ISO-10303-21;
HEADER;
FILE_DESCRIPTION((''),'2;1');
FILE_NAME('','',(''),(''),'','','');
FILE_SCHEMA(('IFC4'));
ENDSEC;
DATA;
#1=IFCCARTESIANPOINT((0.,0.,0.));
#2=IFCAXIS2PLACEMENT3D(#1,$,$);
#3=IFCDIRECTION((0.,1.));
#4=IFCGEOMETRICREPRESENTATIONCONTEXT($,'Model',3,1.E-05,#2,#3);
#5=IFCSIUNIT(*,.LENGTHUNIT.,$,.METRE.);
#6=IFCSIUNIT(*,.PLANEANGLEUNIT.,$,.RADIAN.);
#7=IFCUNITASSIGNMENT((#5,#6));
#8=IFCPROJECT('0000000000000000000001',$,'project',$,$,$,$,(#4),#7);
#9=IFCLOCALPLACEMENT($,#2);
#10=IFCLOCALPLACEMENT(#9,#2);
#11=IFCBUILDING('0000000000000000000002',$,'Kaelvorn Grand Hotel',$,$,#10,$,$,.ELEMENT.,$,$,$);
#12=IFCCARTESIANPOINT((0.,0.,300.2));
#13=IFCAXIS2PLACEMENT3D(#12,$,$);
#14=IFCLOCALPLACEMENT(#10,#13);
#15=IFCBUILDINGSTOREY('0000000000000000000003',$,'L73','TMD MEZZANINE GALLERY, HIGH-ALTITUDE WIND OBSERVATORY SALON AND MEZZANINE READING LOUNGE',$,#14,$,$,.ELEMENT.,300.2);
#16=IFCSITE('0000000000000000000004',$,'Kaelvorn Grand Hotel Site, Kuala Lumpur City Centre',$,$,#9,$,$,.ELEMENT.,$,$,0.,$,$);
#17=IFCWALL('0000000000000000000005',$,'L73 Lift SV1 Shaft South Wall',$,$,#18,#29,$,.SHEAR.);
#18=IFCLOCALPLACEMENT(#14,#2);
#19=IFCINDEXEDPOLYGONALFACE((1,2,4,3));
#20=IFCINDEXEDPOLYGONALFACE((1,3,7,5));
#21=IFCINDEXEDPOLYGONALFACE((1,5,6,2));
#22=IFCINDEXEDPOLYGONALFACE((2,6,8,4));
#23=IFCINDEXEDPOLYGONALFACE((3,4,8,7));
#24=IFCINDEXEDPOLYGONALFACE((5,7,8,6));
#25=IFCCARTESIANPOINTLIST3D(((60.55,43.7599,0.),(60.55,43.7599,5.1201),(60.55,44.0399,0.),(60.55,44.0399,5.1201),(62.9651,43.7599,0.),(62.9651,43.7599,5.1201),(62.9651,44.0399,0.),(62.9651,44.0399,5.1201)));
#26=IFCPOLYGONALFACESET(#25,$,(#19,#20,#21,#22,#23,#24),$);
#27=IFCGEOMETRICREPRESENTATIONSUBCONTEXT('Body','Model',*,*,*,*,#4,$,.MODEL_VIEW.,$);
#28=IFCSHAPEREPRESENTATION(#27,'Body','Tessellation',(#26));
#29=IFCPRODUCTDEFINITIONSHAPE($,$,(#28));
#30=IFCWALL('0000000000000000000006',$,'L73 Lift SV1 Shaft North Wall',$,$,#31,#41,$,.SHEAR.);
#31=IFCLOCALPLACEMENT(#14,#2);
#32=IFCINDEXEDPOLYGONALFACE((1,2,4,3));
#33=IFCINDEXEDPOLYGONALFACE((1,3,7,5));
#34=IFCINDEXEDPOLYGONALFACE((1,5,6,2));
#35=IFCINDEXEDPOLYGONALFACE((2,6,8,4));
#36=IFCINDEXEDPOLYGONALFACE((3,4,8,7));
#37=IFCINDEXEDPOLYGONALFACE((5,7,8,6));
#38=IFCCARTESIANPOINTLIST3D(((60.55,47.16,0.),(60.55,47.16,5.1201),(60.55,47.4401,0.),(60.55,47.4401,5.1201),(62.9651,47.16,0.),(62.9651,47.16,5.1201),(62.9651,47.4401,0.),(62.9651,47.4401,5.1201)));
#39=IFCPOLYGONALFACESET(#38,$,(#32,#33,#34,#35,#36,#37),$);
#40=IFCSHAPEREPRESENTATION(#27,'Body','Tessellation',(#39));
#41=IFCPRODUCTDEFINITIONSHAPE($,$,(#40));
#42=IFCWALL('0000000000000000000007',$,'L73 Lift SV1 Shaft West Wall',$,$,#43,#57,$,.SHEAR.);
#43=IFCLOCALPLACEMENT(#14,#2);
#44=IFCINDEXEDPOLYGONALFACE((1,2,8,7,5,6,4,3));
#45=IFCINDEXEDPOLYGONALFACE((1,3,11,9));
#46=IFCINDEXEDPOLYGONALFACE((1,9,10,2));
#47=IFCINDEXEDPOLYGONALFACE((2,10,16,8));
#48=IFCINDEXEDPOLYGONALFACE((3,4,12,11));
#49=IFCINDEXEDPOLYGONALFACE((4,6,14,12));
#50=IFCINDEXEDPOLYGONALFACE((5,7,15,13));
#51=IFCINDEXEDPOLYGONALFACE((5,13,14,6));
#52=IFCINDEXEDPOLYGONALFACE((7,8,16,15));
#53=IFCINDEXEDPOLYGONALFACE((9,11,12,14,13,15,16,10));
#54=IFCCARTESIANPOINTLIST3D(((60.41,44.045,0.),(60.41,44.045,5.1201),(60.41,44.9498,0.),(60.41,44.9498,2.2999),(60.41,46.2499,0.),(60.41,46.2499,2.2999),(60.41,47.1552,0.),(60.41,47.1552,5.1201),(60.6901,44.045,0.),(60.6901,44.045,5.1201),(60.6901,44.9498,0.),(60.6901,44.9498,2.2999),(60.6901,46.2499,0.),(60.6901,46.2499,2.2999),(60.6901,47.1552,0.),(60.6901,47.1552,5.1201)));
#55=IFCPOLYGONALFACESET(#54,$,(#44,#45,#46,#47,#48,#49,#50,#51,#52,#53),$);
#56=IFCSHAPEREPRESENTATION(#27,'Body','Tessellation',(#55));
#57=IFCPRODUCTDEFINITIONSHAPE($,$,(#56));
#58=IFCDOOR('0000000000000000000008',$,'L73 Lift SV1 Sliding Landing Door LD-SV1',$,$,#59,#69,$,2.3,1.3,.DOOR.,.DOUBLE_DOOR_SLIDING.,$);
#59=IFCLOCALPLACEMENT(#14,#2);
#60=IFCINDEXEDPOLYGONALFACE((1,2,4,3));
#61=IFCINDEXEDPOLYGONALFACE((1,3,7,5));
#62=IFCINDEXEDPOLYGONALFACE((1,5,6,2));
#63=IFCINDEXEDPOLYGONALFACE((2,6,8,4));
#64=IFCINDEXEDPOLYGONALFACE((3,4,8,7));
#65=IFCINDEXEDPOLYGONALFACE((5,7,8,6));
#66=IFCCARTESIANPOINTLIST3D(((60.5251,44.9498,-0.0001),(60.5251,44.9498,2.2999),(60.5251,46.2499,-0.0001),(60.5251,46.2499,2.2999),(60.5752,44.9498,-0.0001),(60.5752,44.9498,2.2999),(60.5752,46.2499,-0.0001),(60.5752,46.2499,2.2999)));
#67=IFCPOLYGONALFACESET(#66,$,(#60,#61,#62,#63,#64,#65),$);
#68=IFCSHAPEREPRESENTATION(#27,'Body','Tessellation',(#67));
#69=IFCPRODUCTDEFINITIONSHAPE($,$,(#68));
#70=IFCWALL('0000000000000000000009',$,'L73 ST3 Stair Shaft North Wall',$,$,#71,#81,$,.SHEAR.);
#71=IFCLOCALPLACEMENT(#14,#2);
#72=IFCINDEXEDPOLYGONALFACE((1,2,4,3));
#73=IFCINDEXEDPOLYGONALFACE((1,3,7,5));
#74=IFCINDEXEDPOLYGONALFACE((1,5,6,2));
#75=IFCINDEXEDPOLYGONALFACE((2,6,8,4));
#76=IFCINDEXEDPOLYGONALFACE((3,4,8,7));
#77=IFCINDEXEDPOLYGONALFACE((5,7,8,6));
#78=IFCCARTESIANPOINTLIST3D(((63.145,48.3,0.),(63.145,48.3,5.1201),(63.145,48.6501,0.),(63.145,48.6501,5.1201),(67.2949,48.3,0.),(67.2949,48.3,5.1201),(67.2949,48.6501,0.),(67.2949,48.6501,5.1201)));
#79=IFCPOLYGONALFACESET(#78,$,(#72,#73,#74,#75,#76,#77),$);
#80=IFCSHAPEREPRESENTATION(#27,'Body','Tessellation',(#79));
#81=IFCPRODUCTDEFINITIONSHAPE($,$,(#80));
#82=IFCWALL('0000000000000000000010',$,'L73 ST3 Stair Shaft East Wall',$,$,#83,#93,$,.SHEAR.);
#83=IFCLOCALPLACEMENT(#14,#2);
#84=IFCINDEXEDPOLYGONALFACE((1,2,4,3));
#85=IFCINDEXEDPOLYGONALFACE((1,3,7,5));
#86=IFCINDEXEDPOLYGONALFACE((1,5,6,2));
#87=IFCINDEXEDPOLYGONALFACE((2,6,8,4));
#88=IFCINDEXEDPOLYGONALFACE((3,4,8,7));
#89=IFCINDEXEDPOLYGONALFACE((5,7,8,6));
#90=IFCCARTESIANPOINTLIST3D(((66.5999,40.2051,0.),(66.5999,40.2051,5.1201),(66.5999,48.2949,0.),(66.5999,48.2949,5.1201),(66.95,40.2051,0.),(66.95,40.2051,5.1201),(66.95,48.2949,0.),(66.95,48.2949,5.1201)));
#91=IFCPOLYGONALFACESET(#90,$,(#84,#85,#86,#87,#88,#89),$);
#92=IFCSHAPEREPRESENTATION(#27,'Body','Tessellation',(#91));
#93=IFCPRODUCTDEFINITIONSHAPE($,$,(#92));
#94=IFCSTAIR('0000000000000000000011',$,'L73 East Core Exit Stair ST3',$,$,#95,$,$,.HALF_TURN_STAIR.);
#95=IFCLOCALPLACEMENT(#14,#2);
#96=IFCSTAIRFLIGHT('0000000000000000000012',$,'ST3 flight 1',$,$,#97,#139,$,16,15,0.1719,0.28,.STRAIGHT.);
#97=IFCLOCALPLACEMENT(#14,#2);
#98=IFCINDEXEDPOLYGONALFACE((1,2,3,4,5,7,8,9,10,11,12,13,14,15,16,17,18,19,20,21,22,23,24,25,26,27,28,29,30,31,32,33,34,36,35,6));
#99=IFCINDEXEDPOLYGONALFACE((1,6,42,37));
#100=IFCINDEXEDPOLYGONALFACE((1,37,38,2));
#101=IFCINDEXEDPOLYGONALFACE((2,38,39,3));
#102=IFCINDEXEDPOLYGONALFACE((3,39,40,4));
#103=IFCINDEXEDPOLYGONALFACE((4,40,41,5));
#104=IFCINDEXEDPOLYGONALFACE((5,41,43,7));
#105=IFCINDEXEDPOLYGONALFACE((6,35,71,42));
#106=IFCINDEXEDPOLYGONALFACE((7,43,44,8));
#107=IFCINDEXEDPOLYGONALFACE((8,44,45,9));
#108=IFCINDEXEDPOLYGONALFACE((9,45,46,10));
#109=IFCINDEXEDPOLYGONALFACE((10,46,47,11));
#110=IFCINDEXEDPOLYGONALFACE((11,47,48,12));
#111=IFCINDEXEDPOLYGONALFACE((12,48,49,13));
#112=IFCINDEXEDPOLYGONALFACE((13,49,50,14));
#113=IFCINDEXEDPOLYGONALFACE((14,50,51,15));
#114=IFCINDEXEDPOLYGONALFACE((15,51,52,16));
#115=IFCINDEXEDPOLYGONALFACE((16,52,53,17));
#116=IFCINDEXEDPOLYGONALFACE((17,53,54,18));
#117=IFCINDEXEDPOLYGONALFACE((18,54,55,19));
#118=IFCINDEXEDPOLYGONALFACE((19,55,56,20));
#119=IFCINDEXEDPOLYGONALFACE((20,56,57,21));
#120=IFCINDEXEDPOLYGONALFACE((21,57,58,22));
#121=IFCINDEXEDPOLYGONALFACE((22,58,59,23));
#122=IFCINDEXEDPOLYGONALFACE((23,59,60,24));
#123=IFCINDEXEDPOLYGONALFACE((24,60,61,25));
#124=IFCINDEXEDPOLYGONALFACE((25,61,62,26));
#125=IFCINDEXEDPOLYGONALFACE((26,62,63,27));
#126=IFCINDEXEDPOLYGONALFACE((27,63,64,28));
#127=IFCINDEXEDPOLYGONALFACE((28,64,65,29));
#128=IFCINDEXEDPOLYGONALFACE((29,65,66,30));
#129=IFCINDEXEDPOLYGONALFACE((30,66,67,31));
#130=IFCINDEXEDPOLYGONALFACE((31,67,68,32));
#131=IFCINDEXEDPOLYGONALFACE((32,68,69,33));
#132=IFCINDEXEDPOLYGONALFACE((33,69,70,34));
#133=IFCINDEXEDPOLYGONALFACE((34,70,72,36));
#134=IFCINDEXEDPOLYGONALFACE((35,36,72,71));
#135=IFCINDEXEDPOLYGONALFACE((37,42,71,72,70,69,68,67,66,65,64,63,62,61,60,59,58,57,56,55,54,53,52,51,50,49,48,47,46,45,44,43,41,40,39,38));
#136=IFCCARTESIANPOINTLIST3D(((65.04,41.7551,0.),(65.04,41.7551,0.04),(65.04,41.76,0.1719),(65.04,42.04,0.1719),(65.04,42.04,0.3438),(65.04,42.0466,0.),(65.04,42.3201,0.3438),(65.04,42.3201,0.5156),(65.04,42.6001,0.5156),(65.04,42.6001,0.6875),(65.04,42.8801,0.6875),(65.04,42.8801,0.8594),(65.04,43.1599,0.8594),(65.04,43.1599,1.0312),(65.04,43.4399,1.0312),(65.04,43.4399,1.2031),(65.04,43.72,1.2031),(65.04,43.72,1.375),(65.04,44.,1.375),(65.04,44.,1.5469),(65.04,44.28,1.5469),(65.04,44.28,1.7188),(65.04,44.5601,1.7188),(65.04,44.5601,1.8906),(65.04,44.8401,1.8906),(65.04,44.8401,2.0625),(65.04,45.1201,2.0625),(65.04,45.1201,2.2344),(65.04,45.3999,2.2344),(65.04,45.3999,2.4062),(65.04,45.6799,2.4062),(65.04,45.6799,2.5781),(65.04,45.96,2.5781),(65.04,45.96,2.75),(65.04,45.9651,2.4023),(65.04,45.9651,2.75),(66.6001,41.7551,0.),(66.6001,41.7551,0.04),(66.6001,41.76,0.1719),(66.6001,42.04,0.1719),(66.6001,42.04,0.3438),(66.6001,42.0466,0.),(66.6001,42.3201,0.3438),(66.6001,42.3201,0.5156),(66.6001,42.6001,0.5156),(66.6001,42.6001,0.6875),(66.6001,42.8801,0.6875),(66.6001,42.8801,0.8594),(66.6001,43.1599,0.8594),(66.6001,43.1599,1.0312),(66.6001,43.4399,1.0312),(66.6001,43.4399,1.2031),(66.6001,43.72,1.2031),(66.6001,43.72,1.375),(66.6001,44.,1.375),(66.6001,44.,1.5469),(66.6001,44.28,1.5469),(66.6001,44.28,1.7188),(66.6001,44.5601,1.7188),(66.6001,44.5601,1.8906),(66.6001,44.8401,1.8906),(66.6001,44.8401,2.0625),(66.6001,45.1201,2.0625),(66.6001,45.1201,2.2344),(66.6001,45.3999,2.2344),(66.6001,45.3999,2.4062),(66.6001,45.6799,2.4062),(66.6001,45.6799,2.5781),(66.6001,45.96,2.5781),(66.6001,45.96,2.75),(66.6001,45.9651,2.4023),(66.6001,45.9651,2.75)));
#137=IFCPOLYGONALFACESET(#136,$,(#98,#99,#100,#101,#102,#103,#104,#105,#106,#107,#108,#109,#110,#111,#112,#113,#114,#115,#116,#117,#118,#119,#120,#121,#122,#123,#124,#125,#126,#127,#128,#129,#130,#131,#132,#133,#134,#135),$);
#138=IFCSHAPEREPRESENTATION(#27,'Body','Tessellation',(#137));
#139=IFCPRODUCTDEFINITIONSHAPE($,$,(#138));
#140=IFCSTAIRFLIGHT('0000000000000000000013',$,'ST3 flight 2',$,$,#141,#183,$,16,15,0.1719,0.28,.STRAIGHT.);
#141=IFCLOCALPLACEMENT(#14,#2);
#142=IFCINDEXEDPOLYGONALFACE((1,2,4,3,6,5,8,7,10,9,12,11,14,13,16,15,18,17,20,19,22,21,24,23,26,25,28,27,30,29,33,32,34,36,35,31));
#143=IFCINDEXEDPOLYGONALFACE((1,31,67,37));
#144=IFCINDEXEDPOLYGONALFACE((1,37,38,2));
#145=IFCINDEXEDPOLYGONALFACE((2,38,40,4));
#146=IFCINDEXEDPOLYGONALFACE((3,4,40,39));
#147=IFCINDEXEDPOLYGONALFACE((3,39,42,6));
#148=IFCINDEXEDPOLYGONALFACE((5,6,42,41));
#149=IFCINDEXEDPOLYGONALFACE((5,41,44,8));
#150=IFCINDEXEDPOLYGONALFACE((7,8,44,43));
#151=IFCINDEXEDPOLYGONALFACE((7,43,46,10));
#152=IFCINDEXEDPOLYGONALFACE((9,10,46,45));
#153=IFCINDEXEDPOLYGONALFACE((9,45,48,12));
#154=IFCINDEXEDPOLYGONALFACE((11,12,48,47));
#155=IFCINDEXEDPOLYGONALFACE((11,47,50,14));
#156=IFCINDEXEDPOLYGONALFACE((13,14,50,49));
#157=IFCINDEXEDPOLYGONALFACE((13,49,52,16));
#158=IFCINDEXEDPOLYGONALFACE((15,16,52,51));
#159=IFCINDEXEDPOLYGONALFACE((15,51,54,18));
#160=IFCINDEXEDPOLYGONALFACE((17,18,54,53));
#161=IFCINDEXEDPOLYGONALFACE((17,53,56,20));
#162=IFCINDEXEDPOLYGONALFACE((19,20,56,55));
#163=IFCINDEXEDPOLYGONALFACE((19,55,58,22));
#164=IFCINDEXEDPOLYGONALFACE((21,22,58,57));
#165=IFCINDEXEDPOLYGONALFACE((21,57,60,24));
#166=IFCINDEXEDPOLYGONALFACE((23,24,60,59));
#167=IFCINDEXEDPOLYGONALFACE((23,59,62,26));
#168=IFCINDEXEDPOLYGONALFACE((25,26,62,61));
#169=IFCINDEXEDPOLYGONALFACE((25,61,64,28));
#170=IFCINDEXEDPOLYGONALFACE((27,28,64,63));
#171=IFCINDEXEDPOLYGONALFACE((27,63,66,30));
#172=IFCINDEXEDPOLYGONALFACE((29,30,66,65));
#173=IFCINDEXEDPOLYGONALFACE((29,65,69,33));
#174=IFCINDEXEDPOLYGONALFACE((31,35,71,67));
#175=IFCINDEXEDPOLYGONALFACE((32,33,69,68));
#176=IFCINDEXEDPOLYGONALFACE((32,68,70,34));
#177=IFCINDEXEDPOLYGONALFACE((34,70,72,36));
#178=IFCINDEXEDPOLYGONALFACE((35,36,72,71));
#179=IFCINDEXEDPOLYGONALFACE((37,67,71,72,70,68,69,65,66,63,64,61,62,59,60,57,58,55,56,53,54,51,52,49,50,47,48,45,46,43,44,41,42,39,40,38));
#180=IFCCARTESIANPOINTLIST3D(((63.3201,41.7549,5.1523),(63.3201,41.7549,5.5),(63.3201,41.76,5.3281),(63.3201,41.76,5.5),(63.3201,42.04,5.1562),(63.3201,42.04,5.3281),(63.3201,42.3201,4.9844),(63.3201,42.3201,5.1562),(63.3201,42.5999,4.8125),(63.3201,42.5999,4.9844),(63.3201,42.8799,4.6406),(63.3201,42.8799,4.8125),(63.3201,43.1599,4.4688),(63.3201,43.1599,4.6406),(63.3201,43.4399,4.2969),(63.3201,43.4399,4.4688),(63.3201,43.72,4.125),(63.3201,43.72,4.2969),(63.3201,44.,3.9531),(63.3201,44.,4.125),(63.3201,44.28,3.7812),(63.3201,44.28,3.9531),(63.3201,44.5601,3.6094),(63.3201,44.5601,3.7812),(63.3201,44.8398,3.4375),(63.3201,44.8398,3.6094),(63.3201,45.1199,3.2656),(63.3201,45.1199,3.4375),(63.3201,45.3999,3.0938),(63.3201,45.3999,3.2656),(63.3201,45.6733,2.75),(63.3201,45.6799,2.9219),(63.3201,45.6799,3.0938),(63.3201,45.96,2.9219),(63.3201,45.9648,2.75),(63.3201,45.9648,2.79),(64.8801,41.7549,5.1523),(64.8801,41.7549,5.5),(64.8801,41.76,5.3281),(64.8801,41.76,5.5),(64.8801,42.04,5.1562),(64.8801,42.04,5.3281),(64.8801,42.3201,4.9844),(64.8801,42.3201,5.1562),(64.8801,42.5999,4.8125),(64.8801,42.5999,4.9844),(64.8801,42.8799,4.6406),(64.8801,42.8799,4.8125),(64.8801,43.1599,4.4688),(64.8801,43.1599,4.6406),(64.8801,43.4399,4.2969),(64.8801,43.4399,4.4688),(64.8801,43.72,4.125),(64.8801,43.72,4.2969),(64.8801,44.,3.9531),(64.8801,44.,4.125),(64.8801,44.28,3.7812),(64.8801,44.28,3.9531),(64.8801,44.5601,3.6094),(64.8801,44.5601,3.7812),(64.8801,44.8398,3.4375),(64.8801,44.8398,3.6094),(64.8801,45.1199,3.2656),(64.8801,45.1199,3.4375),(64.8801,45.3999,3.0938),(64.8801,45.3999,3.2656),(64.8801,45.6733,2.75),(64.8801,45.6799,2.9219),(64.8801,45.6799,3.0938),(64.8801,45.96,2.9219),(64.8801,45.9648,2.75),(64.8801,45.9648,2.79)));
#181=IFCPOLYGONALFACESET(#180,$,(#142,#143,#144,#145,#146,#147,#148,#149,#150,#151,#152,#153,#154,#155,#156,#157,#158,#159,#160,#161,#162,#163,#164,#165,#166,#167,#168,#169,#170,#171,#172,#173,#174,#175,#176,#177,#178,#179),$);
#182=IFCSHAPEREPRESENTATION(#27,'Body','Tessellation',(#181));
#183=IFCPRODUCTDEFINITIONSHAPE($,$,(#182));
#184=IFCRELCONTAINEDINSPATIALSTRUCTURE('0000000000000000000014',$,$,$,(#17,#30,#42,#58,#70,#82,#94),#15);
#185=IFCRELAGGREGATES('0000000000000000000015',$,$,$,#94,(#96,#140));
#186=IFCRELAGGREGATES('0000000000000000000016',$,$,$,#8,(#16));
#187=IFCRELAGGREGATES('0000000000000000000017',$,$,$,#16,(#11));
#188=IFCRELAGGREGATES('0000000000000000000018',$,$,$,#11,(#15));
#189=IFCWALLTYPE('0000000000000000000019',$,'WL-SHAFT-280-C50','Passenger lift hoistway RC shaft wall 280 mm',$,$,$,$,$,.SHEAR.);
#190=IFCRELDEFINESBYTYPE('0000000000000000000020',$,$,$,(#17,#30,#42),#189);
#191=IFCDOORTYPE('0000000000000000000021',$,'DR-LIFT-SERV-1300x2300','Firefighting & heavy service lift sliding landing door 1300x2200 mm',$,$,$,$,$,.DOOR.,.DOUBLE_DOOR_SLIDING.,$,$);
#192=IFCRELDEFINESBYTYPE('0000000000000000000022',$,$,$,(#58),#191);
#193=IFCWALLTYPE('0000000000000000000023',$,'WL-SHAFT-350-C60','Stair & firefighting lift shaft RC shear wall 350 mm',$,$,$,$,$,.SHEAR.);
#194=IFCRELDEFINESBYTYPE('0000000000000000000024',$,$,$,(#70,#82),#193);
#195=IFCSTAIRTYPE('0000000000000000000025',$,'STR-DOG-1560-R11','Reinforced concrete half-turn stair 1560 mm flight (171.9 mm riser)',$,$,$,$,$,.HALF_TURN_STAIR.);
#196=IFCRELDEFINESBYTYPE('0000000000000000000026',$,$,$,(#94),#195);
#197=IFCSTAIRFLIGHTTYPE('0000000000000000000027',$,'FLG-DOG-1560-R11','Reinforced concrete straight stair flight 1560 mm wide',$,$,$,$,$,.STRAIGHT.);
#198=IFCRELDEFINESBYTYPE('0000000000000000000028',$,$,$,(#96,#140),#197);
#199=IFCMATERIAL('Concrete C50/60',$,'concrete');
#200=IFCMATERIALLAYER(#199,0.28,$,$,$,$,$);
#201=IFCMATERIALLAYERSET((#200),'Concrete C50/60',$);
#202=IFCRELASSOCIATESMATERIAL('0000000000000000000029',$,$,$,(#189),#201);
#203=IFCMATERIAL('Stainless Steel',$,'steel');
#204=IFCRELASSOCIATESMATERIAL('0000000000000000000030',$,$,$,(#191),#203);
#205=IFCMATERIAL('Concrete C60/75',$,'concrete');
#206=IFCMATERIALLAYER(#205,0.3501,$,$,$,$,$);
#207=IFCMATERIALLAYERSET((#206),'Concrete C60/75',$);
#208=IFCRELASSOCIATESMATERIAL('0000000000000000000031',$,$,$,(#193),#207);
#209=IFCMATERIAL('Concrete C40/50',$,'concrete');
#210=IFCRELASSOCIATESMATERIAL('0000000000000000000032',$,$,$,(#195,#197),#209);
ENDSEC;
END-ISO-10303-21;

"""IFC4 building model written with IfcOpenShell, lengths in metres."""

from ifc_helpers import new_model, si_unit, direction, frame, frame_2d, origin, place, context, subcontext, project, spatial, polyline, rectangle, outline, extrude, material, layer, layer_set, type_object, element, fill, aggregate, save


model = new_model("IFC4")

# Units and contexts
model_context = context("Model", 3, precision=1e-05, world=origin(), true_north=direction((0.0, 1.0)))
body_context = subcontext(model_context, "Body", "Model", "MODEL_VIEW")
ifc_project = project(units=[si_unit("LENGTHUNIT", "METRE"), si_unit("PLANEANGLEUNIT", "RADIAN")], contexts=[model_context])

# Site, building, storey
site_placement = place(None, origin())
site = spatial("IfcSite", under=ifc_project, at=site_placement, Name="Kaelvorn Grand Hotel Site, Kuala Lumpur City Centre", CompositionType="ELEMENT", RefElevation=0.0)
building_placement = place(site_placement, origin())
building = spatial("IfcBuilding", under=site, at=building_placement, Name="Kaelvorn Grand Hotel", CompositionType="ELEMENT")
storey_placement = place(building_placement, frame((0.0, 0.0, 300.2)))
storey = spatial("IfcBuildingStorey", under=building, at=storey_placement, Name="L73", Description="TMD MEZZANINE GALLERY, HIGH-ALTITUDE WIND OBSERVATORY SALON AND MEZZANINE READING LOUNGE", CompositionType="ELEMENT", Elevation=300.2)

# Shared definitions
ifc_material_1 = material(Name="Concrete C60/75", Category="concrete")
ifc_material_2 = material(Name="Concrete C50/60", Category="concrete")

# Shared definitions
ifc_material_3 = material(Name="Concrete C40/50", Category="concrete")

# Walls
ifc_layer_1 = layer(ifc_material_2, 0.28)
ifc_layer_set_1 = layer_set([ifc_layer_1], Name="Concrete C50/60")
wall_type_1 = type_object("IfcWallType", Name="WL-SHAFT-280-C50", Description="Passenger lift hoistway RC shaft wall 280 mm", PredefinedType="SHEAR", material=ifc_layer_set_1)
for number, where, z_axis, x_axis, name in (
    (1, (60.55, 43.8999, 0.0), (0.0, 0.0, 1.0), (1.0, 0.0, 0.0), "L73 Lift SV1 Shaft South Wall"),
    (2, (60.55, 47.3, 0.0), (0.0, 0.0, 1.0), (1.0, 0.0, 0.0), "L73 Lift SV1 Shaft North Wall"),
):
    element("IfcWall", number, at=place(storey_placement, frame(where, z_axis=z_axis, x_axis=x_axis)), inside=storey, type_object=wall_type_1, Name=name, PredefinedType="SHEAR", context=body_context, shape_type="SweptSolid", body=[
        extrude(rectangle(XDim=2.415, YDim=0.28, at=frame_2d((1.2075, 0.0))), origin(), (0.0, 0.0, 1.0), 5.1201),
    ])

# Wall, opening, door
wall_1_placement = place(storey_placement, frame((60.55, 44.0449, 0.0), z_axis=(0.0, 0.0, 1.0), x_axis=(0.0, 1.0, 0.0)))
wall_1 = element("IfcWall", 3, at=wall_1_placement, inside=storey, type_object=wall_type_1, Name="L73 Lift SV1 Shaft West Wall", PredefinedType="SHEAR", context=body_context, shape_type="SweptSolid", body=[
    extrude(rectangle(XDim=3.1101, YDim=0.28, at=frame_2d((1.5552, 0.0))), origin(), (0.0, 0.0, 1.0), 5.1201),
])
opening_1_placement = place(wall_1_placement, frame((0.905, 0.0, 0.0)))
opening_1 = element("IfcOpeningElement", 4, at=opening_1_placement, cuts=wall_1, PredefinedType="OPENING", context=body_context, shape_type="SweptSolid", body=[
    extrude(rectangle(XDim=1.3, YDim=2.3, at=frame_2d((0.6499, 1.1499))), frame((0.0, 0.1499, 0.0), z_axis=(0.0, -1.0, 0.0), x_axis=(1.0, 0.0, 0.0)), (0.0, 0.0, 1.0), 0.3),
])
ifc_material_4 = material(Name="Stainless Steel", Category="steel")
door_type = type_object("IfcDoorType", Name="DR-LIFT-SERV-1300x2300", Description="Firefighting & heavy service lift sliding landing door 1300x2200 mm", OperationType="DOUBLE_DOOR_SLIDING", PredefinedType="DOOR", material=ifc_material_4)
door_placement = place(opening_1_placement, origin())
door = element("IfcDoor", 5, at=door_placement, inside=storey, type_object=door_type, Name="L73 Lift SV1 Sliding Landing Door LD-SV1", OperationType="DOUBLE_DOOR_SLIDING", OverallHeight=2.3, OverallWidth=1.3, PredefinedType="DOOR", context=body_context, shape_type="SweptSolid", body=[
    extrude(rectangle(XDim=1.3, YDim=2.3, at=frame_2d((0.6499, 1.1499))), frame((0.0, 0.0249, 0.0), z_axis=(0.0, -1.0, 0.0), x_axis=(1.0, 0.0, 0.0)), (0.0, 0.0, 1.0), 0.05),
])
fill(opening_1, door)

# Walls
ifc_layer_2 = layer(ifc_material_1, 0.3501)
ifc_layer_set_2 = layer_set([ifc_layer_2], Name="Concrete C60/75")
wall_type_2 = type_object("IfcWallType", Name="WL-SHAFT-350-C60", Description="Stair & firefighting lift shaft RC shear wall 350 mm", PredefinedType="SHEAR", material=ifc_layer_set_2)
wall_2_placement = place(storey_placement, frame((63.145, 48.4751, 0.0), z_axis=(0.0, 0.0, 1.0), x_axis=(1.0, 0.0, 0.0)))
element("IfcWall", 6, at=wall_2_placement, inside=storey, type_object=wall_type_2, Name="L73 ST3 Stair Shaft North Wall", PredefinedType="SHEAR", context=body_context, shape_type="SweptSolid", body=[
    extrude(rectangle(XDim=4.1499, YDim=0.3501, at=frame_2d((2.075, 0.0))), origin(), (0.0, 0.0, 1.0), 5.1201),
])
wall_3_placement = place(storey_placement, frame((66.7749, 40.2051, 0.0), z_axis=(0.0, 0.0, 1.0), x_axis=(0.0, 1.0, 0.0)))
element("IfcWall", 7, at=wall_3_placement, inside=storey, type_object=wall_type_2, Name="L73 ST3 Stair Shaft East Wall", PredefinedType="SHEAR", context=body_context, shape_type="SweptSolid", body=[
    extrude(rectangle(XDim=8.0898, YDim=0.3501, at=frame_2d((4.0449, 0.0))), origin(), (0.0, 0.0, 1.0), 5.1201),
])

# Stair, stair flights
stair_type = type_object("IfcStairType", Name="STR-DOG-1560-R11", Description="Reinforced concrete half-turn stair 1560 mm flight (171.9 mm riser)", PredefinedType="HALF_TURN_STAIR", material=ifc_material_3)
stair_placement = place(storey_placement, origin())
stair = element("IfcStair", 8, at=stair_placement, inside=storey, type_object=stair_type, Name="L73 East Core Exit Stair ST3", PredefinedType="HALF_TURN_STAIR")
stair_flight_type = type_object("IfcStairFlightType", Name="FLG-DOG-1560-R11", Description="Reinforced concrete straight stair flight 1560 mm wide", PredefinedType="STRAIGHT", material=ifc_material_3)
stair_flight_1_placement = place(storey_placement, frame((65.8201, 41.76, 0.0), z_axis=(0.0, 0.0, 1.0), x_axis=(0.0, 1.0, 0.0)))
stair_flight_1 = element("IfcStairFlight", 9, at=stair_flight_1_placement, type_object=stair_flight_type, Name="ST3 flight 1", NumberOfRisers=16, NumberOfTreads=15, PredefinedType="STRAIGHT", RiserHeight=0.1719, TreadLength=0.28, context=body_context, shape_type="SweptSolid", body=[
    extrude(outline(polyline([(-0.0049, 0.0), (-0.0049, 0.04), (0.0, 0.1719), (0.28, 0.1719), (0.28, 0.3438), (0.5601, 0.3438), (0.5601, 0.5156), (0.8401, 0.5156), (0.8401, 0.6875), (1.1201, 0.6875), (1.1201, 0.8594), (1.3999, 0.8594), (1.3999, 1.0312), (1.6799, 1.0312), (1.6799, 1.2031), (1.96, 1.2031), (1.96, 1.375), (2.24, 1.375), (2.24, 1.5469), (2.52, 1.5469), (2.52, 1.7188), (2.8, 1.7188), (2.8, 1.8906), (3.0801, 1.8906), (3.0801, 2.0625), (3.3601, 2.0625), (3.3601, 2.2344), (3.6399, 2.2344), (3.6399, 2.4062), (3.9199, 2.4062), (3.9199, 2.5781), (4.2, 2.5781), (4.2, 2.75), (4.2051, 2.75), (4.2051, 2.4023), (0.2866, 0.0), (-0.0049, 0.0)])), frame((0.0, 0.78, 0.0), z_axis=(0.0, -1.0, 0.0), x_axis=(1.0, 0.0, 0.0)), (0.0, 0.0, 1.0), 1.5601),
])
stair_flight_2_placement = place(storey_placement, frame((64.1001, 45.96, 2.75), z_axis=(0.0, 0.0, 1.0), x_axis=(0.0, -1.0, 0.0)))
stair_flight_2 = element("IfcStairFlight", 10, at=stair_flight_2_placement, type_object=stair_flight_type, Name="ST3 flight 2", NumberOfRisers=16, NumberOfTreads=15, PredefinedType="STRAIGHT", RiserHeight=0.1719, TreadLength=0.28, context=body_context, shape_type="SweptSolid", body=[
    extrude(outline(polyline([(-0.0049, 0.0), (-0.0049, 0.04), (0.0, 0.1719), (0.28, 0.1719), (0.28, 0.3438), (0.5601, 0.3438), (0.5601, 0.5156), (0.8401, 0.5156), (0.8401, 0.6875), (1.1201, 0.6875), (1.1201, 0.8594), (1.3999, 0.8594), (1.3999, 1.0312), (1.6799, 1.0312), (1.6799, 1.2031), (1.96, 1.2031), (1.96, 1.375), (2.24, 1.375), (2.24, 1.5469), (2.52, 1.5469), (2.52, 1.7188), (2.8, 1.7188), (2.8, 1.8906), (3.0801, 1.8906), (3.0801, 2.0625), (3.3601, 2.0625), (3.3601, 2.2344), (3.6399, 2.2344), (3.6399, 2.4062), (3.9199, 2.4062), (3.9199, 2.5781), (4.2, 2.5781), (4.2, 2.75), (4.2051, 2.75), (4.2051, 2.4023), (0.2866, 0.0), (-0.0049, 0.0)])), frame((0.0, 0.78, 0.0), z_axis=(0.0, -1.0, 0.0), x_axis=(1.0, 0.0, 0.0)), (0.0, 0.0, 1.0), 1.5601),
])
aggregate(stair, [stair_flight_1, stair_flight_2])

save(model, "model.ifc")
